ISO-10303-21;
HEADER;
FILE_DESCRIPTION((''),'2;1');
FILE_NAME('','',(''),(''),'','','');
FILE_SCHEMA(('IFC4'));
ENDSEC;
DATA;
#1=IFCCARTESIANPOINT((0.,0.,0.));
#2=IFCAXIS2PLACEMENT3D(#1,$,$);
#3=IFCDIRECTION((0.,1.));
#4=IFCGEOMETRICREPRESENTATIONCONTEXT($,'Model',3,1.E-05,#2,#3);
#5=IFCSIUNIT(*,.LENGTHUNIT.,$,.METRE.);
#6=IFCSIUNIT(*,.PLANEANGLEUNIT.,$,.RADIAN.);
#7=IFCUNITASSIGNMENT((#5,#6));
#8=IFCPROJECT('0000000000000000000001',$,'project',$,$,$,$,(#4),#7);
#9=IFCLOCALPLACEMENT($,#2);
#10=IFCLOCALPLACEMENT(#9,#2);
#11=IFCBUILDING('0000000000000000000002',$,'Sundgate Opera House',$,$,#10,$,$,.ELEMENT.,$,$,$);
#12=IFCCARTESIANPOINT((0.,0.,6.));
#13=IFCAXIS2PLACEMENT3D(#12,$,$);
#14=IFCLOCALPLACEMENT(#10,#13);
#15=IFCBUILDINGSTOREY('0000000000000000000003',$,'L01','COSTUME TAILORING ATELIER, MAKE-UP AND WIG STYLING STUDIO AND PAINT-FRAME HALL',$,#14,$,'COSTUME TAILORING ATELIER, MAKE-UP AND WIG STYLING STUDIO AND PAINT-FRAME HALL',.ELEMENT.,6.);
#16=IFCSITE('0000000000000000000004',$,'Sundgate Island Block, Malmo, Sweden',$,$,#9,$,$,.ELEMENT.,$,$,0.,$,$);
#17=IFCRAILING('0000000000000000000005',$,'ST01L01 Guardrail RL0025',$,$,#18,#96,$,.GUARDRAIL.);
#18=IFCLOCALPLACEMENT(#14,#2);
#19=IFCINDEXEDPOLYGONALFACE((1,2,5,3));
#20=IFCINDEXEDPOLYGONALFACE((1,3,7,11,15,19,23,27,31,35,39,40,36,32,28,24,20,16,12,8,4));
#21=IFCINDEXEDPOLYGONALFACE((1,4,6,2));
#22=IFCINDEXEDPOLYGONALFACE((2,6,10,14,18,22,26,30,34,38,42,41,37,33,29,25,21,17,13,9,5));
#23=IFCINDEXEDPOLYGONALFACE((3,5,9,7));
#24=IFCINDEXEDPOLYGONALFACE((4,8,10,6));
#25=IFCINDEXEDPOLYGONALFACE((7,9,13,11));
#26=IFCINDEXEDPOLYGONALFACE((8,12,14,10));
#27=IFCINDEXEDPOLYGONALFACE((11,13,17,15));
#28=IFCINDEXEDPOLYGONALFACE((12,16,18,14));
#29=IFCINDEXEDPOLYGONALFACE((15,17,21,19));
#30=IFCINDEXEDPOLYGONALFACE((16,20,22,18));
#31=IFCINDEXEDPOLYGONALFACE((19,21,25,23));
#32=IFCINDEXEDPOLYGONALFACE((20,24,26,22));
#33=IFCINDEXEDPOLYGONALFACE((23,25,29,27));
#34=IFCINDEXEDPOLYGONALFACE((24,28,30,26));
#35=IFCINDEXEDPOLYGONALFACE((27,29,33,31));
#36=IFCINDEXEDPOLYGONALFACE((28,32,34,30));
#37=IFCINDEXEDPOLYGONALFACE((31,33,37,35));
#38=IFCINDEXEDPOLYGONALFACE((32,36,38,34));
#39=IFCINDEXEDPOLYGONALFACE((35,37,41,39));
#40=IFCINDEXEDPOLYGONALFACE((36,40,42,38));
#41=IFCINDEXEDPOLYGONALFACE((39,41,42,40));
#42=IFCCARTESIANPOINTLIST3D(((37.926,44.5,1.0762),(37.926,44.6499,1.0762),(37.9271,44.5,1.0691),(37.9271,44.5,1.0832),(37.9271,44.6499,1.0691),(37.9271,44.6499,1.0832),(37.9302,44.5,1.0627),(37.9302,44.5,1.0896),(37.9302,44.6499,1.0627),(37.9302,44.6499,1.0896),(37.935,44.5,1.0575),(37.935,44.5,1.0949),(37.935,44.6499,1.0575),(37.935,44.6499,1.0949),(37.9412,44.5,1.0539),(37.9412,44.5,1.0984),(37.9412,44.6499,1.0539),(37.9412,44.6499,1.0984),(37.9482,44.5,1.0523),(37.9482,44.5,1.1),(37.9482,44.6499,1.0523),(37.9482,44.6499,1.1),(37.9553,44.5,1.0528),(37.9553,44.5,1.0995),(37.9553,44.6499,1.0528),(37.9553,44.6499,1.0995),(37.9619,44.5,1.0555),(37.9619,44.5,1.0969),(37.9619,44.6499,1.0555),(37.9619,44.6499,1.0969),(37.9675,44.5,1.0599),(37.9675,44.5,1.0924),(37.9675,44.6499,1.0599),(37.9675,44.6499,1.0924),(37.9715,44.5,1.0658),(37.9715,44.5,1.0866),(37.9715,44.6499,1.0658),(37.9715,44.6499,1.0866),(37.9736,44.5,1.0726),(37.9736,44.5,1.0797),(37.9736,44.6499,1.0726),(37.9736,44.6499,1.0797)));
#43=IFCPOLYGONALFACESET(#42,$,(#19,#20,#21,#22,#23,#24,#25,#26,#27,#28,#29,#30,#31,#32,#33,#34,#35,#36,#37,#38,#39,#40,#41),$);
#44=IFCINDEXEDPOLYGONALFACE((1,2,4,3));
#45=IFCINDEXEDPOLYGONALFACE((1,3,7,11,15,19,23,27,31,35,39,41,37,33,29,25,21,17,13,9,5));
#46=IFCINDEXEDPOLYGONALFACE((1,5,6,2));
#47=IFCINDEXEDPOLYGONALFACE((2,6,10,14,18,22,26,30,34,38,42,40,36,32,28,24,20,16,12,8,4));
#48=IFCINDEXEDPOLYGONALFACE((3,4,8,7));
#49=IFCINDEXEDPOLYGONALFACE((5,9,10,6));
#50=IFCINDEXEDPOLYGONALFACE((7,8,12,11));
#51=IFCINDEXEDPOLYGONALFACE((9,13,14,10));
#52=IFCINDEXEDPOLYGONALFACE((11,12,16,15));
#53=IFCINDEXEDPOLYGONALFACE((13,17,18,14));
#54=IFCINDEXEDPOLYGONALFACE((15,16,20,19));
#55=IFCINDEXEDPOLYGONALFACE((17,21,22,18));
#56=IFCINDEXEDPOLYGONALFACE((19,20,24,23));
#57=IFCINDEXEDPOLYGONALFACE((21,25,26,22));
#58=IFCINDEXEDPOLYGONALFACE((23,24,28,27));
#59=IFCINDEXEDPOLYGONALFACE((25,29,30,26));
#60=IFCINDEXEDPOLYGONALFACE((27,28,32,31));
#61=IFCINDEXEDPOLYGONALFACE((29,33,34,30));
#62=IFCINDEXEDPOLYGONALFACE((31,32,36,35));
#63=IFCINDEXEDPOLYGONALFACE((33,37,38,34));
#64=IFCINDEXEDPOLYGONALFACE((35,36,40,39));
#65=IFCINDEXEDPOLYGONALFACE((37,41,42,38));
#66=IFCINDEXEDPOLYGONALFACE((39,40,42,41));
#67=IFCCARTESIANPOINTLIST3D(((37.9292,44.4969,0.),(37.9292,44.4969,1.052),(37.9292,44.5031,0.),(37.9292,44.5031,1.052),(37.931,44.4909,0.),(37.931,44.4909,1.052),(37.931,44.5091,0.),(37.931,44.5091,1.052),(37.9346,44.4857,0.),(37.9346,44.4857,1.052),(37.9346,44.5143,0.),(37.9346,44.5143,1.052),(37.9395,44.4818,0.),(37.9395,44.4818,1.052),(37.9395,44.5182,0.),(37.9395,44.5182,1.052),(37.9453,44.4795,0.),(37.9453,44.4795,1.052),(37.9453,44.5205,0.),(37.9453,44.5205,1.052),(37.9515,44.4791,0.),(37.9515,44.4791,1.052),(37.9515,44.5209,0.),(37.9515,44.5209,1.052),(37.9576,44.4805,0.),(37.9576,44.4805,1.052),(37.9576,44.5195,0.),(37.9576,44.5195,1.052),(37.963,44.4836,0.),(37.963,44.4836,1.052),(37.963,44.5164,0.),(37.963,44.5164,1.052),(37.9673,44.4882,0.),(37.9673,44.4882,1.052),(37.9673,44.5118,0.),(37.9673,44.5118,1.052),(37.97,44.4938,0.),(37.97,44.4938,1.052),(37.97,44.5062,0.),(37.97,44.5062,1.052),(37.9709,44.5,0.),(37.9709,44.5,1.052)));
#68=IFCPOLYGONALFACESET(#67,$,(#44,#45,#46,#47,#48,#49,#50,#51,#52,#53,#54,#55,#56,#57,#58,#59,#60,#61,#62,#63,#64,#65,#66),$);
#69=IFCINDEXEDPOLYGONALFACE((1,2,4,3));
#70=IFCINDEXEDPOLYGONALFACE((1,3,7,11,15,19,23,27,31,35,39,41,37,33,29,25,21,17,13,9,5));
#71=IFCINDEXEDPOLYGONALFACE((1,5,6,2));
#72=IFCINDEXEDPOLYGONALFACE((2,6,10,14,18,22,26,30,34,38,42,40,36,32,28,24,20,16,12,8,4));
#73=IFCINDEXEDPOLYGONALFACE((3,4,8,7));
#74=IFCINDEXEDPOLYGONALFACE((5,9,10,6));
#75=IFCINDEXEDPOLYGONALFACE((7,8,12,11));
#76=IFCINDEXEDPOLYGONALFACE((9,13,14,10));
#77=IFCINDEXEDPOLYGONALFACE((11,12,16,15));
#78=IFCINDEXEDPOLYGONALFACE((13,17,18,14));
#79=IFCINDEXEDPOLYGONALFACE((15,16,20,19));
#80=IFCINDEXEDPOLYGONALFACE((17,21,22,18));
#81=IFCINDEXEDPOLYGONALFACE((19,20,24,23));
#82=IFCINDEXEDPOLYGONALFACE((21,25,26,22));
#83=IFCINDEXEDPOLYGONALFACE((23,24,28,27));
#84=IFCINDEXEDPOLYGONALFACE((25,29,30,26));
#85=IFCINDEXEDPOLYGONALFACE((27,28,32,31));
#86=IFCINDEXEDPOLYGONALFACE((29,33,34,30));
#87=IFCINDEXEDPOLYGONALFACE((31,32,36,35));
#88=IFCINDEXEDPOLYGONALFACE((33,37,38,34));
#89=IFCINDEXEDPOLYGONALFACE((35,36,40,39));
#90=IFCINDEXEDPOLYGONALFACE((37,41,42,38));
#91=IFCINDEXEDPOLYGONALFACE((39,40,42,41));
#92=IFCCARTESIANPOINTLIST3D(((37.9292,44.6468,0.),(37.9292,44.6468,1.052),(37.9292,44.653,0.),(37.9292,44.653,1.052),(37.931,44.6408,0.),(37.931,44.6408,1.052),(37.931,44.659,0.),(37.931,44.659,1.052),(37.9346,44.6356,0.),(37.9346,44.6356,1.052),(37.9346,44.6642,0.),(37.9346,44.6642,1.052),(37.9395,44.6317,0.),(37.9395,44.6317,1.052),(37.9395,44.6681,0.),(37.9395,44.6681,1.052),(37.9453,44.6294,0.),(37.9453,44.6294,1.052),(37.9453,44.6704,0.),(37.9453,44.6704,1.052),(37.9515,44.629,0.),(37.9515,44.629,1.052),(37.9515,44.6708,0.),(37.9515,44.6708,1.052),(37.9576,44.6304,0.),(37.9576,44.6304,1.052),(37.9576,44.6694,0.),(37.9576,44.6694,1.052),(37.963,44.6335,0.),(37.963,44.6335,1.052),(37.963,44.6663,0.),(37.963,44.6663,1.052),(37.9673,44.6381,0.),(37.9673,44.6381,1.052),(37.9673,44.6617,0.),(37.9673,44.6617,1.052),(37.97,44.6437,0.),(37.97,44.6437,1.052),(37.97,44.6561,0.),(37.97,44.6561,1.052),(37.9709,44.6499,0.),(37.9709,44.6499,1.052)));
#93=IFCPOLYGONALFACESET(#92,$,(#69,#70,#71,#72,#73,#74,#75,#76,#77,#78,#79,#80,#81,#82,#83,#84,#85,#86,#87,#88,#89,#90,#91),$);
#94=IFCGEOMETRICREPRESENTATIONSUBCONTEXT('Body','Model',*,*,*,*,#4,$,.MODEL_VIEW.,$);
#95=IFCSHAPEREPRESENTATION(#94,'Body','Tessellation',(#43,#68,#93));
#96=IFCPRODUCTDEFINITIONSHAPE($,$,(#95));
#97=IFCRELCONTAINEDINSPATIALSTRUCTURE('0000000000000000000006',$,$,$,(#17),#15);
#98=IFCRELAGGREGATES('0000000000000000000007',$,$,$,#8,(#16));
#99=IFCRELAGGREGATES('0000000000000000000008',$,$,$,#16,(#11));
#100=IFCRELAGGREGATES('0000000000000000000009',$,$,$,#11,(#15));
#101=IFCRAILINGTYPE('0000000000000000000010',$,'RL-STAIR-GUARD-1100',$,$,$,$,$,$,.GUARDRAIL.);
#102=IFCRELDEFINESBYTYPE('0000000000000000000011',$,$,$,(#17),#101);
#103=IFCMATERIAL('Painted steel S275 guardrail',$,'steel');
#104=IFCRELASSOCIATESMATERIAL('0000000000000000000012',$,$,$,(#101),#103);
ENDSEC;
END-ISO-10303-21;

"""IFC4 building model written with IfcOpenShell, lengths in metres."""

from ifc_helpers import new_model, si_unit, direction, frame, origin, origin_2d, place, context, subcontext, project, spatial, circle, extrude, material, type_object, element, save


model = new_model("IFC4")

# Units and contexts
model_context = context("Model", 3, precision=1e-05, world=origin(), true_north=direction((0.0, 1.0)))
body_context = subcontext(model_context, "Body", "Model", "MODEL_VIEW")
ifc_project = project(units=[si_unit("LENGTHUNIT", "METRE"), si_unit("PLANEANGLEUNIT", "RADIAN")], contexts=[model_context])

# Site, building, storey
site_placement = place(None, origin())
site = spatial("IfcSite", under=ifc_project, at=site_placement, Name="Sundgate Island Block, Malmo, Sweden", CompositionType="ELEMENT", RefElevation=0.0)
building_placement = place(site_placement, origin())
building = spatial("IfcBuilding", under=site, at=building_placement, Name="Sundgate Opera House", CompositionType="ELEMENT")
storey_placement = place(building_placement, frame((0.0, 0.0, 6.0)))
storey = spatial("IfcBuildingStorey", under=building, at=storey_placement, Name="L01", Description="COSTUME TAILORING ATELIER, MAKE-UP AND WIG STYLING STUDIO AND PAINT-FRAME HALL", LongName="COSTUME TAILORING ATELIER, MAKE-UP AND WIG STYLING STUDIO AND PAINT-FRAME HALL", CompositionType="ELEMENT", Elevation=6.0)

# Railing
ifc_material_1 = material(Name="Painted steel S275 guardrail", Category="steel")
railing_type_1 = type_object("IfcRailingType", Name="RL-STAIR-GUARD-1100", PredefinedType="GUARDRAIL", material=ifc_material_1)
railing_1_placement = place(storey_placement, frame((37.95, 44.5, 0.0)))
element("IfcRailing", 1, at=railing_1_placement, inside=storey, type_object=railing_type_1, Name="ST01L01 Guardrail RL0025", PredefinedType="GUARDRAIL", context=body_context, shape_type="SweptSolid", body=[
    extrude(circle(Radius=0.0239, at=origin_2d()), frame((0.0, 0.0, 1.0762), z_axis=(0.0, 1.0, 0.0), x_axis=(-1.0, 0.0, 0.0)), (0.0, 0.0, 1.0), 0.1499),
    extrude(circle(Radius=0.021, at=origin_2d()), origin(), (0.0, 0.0, 1.0), 1.052),
    extrude(circle(Radius=0.021, at=origin_2d()), frame((0.0, 0.1499, 0.0)), (0.0, 0.0, 1.0), 1.052),
])

save(model, "model.ifc")
